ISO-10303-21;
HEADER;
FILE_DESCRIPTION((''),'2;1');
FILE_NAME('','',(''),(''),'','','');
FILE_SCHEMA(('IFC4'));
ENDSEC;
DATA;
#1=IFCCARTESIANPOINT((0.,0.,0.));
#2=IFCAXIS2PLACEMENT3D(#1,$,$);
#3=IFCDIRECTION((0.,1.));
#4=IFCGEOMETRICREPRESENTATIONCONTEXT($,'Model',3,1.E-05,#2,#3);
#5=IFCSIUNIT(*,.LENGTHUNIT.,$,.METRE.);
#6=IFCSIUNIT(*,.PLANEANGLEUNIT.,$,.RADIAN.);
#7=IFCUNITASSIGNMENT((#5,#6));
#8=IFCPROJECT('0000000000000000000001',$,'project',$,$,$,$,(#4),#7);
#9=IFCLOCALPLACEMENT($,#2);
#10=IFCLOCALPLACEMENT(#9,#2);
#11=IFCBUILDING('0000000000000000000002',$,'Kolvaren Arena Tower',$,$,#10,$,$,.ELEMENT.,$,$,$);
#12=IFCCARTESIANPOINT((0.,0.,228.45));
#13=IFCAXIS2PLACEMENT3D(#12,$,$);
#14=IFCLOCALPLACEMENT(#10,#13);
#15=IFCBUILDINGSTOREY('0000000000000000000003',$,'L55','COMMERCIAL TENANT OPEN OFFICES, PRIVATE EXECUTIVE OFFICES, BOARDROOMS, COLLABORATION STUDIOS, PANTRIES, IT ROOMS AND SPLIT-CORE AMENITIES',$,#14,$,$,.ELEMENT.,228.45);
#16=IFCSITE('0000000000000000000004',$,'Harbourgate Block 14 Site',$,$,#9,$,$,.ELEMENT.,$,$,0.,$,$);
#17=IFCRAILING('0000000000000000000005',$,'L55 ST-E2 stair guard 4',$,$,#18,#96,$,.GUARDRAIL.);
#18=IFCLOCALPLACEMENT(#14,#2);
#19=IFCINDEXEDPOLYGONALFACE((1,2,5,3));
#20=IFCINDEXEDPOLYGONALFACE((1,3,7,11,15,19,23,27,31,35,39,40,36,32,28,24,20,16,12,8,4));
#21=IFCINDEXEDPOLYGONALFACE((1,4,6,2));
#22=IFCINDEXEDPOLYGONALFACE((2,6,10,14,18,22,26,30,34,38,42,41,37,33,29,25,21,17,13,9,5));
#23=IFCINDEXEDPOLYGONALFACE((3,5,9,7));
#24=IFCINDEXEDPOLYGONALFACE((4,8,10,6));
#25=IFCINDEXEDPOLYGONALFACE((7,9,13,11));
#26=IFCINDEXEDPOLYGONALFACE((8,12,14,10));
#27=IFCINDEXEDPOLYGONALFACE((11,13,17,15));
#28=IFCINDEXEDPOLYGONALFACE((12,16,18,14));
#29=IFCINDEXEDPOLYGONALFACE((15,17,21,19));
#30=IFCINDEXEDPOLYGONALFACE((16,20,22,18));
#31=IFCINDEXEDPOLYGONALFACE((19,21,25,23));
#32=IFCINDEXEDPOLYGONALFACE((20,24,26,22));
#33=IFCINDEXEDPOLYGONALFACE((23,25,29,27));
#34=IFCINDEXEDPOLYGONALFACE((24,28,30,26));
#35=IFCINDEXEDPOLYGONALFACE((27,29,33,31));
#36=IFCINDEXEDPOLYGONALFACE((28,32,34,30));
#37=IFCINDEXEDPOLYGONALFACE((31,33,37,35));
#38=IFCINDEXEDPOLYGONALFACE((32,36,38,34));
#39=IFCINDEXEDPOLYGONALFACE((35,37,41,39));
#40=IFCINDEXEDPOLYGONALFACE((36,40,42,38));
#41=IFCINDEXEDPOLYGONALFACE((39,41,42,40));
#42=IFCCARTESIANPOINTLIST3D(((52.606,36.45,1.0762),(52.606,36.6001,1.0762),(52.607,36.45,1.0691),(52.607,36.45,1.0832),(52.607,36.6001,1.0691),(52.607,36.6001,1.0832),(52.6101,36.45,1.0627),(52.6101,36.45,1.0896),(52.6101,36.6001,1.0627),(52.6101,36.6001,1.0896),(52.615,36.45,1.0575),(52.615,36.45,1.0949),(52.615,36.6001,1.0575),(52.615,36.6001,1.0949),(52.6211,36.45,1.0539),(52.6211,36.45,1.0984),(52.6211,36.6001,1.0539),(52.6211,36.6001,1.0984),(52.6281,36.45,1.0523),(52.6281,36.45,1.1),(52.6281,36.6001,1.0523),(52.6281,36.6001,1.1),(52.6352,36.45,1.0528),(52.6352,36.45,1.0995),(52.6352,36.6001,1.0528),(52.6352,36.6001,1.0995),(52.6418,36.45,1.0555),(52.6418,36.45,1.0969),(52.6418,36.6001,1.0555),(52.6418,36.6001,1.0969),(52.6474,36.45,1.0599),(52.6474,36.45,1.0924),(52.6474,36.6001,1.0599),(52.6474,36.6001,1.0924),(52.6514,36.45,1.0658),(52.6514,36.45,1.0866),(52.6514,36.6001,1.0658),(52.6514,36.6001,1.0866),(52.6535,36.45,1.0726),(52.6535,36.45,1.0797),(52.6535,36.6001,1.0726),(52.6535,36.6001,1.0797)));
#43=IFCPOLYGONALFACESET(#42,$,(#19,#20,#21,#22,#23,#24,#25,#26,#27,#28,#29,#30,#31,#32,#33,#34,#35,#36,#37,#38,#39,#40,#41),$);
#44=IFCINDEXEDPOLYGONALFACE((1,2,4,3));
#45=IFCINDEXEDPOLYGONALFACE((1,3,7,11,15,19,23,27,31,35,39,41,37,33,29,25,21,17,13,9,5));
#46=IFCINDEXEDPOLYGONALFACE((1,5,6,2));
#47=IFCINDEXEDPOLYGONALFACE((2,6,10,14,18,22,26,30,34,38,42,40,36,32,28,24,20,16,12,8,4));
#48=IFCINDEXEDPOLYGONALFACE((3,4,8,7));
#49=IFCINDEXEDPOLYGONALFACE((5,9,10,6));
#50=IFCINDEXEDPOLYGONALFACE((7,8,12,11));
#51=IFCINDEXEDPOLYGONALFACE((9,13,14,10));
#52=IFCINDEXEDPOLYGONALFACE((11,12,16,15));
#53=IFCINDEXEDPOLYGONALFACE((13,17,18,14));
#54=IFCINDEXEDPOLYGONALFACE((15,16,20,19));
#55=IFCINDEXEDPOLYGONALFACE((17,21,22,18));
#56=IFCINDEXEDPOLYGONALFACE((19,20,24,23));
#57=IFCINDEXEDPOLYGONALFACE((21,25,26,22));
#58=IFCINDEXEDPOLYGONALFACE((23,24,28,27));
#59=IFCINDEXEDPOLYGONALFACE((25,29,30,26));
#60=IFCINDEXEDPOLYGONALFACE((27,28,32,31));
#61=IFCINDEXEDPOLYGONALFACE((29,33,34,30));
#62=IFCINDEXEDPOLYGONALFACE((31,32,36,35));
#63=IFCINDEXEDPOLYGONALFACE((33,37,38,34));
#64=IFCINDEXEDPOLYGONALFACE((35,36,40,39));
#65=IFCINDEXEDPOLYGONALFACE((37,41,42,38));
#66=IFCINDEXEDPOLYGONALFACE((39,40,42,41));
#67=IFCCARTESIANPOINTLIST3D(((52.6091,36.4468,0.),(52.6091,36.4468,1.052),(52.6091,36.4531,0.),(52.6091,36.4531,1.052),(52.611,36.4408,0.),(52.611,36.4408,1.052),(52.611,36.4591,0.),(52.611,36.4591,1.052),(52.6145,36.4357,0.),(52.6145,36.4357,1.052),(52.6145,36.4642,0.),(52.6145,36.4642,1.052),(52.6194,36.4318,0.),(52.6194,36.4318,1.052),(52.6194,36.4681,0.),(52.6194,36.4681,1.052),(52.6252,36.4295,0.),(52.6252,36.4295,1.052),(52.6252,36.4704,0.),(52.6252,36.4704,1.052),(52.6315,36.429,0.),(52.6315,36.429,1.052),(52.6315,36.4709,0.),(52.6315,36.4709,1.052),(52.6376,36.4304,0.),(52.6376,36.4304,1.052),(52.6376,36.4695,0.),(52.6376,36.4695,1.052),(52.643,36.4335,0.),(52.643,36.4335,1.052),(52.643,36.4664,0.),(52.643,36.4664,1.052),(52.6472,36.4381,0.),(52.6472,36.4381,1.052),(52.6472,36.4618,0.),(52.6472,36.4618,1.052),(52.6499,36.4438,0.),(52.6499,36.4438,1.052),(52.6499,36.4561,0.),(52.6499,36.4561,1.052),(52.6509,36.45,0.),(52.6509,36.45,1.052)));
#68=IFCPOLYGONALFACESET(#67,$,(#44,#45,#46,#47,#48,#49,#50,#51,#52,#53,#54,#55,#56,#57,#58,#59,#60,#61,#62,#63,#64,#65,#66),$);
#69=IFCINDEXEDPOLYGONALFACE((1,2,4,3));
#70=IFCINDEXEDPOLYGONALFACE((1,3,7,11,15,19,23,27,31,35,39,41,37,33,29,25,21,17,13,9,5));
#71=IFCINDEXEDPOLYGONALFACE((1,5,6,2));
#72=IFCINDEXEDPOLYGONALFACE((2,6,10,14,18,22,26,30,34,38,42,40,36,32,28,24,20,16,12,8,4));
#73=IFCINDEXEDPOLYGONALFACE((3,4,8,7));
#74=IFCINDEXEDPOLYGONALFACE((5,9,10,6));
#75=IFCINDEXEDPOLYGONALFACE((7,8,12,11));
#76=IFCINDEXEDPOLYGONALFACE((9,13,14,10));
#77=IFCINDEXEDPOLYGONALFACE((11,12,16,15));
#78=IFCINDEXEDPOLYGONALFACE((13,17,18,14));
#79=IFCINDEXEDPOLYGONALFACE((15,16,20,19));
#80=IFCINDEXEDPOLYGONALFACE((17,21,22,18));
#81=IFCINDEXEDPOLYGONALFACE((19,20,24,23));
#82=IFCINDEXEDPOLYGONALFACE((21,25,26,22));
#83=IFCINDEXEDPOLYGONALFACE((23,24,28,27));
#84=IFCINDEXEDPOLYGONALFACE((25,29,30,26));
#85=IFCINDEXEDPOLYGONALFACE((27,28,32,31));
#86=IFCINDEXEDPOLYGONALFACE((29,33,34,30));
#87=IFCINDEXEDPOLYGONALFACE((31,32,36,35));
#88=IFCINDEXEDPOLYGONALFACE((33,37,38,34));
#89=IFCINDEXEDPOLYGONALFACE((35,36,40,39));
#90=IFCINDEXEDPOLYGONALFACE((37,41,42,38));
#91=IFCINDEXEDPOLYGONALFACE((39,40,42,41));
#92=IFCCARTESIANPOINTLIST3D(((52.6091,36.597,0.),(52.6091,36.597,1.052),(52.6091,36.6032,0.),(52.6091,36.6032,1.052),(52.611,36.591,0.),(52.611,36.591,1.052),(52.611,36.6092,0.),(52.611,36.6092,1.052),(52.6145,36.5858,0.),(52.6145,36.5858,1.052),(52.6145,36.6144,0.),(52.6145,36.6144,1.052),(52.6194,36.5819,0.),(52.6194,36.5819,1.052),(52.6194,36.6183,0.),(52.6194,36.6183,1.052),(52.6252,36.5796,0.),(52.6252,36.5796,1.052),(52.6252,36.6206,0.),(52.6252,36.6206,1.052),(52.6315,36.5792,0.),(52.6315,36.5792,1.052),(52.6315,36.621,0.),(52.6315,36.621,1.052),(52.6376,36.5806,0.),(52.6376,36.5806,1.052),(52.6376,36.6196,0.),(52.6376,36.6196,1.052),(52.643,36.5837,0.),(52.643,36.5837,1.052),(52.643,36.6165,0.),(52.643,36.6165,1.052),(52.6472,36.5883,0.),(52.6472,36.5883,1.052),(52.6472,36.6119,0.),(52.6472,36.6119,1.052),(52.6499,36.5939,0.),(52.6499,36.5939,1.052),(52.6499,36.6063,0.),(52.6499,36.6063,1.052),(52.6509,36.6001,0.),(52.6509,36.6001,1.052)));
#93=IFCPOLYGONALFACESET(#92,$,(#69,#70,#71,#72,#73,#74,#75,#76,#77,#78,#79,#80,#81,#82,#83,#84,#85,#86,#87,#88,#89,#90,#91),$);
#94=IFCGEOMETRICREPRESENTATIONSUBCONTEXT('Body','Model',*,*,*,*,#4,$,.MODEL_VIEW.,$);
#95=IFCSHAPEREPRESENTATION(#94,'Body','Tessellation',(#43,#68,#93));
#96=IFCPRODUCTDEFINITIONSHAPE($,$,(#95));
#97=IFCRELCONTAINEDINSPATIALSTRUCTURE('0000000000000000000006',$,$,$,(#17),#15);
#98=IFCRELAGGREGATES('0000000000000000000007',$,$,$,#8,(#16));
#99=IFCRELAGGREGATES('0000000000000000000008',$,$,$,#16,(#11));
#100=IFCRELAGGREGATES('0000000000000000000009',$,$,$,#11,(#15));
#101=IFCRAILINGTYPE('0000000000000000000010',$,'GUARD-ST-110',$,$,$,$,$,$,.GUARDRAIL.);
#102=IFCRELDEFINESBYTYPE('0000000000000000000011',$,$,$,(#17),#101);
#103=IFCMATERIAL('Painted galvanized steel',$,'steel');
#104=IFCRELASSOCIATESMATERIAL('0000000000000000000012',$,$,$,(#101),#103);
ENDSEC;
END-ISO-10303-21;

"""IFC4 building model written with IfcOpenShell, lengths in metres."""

from ifc_helpers import new_model, si_unit, direction, frame, origin, origin_2d, place, context, subcontext, project, spatial, circle, extrude, material, type_object, element, save


model = new_model("IFC4")

# Units and contexts
model_context = context("Model", 3, precision=1e-05, world=origin(), true_north=direction((0.0, 1.0)))
body_context = subcontext(model_context, "Body", "Model", "MODEL_VIEW")
ifc_project = project(units=[si_unit("LENGTHUNIT", "METRE"), si_unit("PLANEANGLEUNIT", "RADIAN")], contexts=[model_context])

# Site, building, storey
site_placement = place(None, origin())
site = spatial("IfcSite", under=ifc_project, at=site_placement, Name="Harbourgate Block 14 Site", CompositionType="ELEMENT", RefElevation=0.0)
building_placement = place(site_placement, origin())
building = spatial("IfcBuilding", under=site, at=building_placement, Name="Kolvaren Arena Tower", CompositionType="ELEMENT")
storey_placement = place(building_placement, frame((0.0, 0.0, 228.45)))
storey = spatial("IfcBuildingStorey", under=building, at=storey_placement, Name="L55", Description="COMMERCIAL TENANT OPEN OFFICES, PRIVATE EXECUTIVE OFFICES, BOARDROOMS, COLLABORATION STUDIOS, PANTRIES, IT ROOMS AND SPLIT-CORE AMENITIES", CompositionType="ELEMENT", Elevation=228.45)

# Railing
ifc_material_1 = material(Name="Painted galvanized steel", Category="steel")
railing_type_1 = type_object("IfcRailingType", Name="GUARD-ST-110", PredefinedType="GUARDRAIL", material=ifc_material_1)
railing_1_placement = place(storey_placement, frame((52.6299, 36.45, 0.0)))
element("IfcRailing", 1, at=railing_1_placement, inside=storey, type_object=railing_type_1, Name="L55 ST-E2 stair guard 4", PredefinedType="GUARDRAIL", context=body_context, shape_type="SweptSolid", body=[
    extrude(circle(Radius=0.0239, at=origin_2d()), frame((0.0, 0.0, 1.0762), z_axis=(0.0, 1.0, 0.0), x_axis=(-1.0, 0.0, 0.0)), (0.0, 0.0, 1.0), 0.1501),
    extrude(circle(Radius=0.021, at=origin_2d()), origin(), (0.0, 0.0, 1.0), 1.052),
    extrude(circle(Radius=0.021, at=origin_2d()), frame((0.0, 0.1501, 0.0)), (0.0, 0.0, 1.0), 1.052),
])

save(model, "model.ifc")
